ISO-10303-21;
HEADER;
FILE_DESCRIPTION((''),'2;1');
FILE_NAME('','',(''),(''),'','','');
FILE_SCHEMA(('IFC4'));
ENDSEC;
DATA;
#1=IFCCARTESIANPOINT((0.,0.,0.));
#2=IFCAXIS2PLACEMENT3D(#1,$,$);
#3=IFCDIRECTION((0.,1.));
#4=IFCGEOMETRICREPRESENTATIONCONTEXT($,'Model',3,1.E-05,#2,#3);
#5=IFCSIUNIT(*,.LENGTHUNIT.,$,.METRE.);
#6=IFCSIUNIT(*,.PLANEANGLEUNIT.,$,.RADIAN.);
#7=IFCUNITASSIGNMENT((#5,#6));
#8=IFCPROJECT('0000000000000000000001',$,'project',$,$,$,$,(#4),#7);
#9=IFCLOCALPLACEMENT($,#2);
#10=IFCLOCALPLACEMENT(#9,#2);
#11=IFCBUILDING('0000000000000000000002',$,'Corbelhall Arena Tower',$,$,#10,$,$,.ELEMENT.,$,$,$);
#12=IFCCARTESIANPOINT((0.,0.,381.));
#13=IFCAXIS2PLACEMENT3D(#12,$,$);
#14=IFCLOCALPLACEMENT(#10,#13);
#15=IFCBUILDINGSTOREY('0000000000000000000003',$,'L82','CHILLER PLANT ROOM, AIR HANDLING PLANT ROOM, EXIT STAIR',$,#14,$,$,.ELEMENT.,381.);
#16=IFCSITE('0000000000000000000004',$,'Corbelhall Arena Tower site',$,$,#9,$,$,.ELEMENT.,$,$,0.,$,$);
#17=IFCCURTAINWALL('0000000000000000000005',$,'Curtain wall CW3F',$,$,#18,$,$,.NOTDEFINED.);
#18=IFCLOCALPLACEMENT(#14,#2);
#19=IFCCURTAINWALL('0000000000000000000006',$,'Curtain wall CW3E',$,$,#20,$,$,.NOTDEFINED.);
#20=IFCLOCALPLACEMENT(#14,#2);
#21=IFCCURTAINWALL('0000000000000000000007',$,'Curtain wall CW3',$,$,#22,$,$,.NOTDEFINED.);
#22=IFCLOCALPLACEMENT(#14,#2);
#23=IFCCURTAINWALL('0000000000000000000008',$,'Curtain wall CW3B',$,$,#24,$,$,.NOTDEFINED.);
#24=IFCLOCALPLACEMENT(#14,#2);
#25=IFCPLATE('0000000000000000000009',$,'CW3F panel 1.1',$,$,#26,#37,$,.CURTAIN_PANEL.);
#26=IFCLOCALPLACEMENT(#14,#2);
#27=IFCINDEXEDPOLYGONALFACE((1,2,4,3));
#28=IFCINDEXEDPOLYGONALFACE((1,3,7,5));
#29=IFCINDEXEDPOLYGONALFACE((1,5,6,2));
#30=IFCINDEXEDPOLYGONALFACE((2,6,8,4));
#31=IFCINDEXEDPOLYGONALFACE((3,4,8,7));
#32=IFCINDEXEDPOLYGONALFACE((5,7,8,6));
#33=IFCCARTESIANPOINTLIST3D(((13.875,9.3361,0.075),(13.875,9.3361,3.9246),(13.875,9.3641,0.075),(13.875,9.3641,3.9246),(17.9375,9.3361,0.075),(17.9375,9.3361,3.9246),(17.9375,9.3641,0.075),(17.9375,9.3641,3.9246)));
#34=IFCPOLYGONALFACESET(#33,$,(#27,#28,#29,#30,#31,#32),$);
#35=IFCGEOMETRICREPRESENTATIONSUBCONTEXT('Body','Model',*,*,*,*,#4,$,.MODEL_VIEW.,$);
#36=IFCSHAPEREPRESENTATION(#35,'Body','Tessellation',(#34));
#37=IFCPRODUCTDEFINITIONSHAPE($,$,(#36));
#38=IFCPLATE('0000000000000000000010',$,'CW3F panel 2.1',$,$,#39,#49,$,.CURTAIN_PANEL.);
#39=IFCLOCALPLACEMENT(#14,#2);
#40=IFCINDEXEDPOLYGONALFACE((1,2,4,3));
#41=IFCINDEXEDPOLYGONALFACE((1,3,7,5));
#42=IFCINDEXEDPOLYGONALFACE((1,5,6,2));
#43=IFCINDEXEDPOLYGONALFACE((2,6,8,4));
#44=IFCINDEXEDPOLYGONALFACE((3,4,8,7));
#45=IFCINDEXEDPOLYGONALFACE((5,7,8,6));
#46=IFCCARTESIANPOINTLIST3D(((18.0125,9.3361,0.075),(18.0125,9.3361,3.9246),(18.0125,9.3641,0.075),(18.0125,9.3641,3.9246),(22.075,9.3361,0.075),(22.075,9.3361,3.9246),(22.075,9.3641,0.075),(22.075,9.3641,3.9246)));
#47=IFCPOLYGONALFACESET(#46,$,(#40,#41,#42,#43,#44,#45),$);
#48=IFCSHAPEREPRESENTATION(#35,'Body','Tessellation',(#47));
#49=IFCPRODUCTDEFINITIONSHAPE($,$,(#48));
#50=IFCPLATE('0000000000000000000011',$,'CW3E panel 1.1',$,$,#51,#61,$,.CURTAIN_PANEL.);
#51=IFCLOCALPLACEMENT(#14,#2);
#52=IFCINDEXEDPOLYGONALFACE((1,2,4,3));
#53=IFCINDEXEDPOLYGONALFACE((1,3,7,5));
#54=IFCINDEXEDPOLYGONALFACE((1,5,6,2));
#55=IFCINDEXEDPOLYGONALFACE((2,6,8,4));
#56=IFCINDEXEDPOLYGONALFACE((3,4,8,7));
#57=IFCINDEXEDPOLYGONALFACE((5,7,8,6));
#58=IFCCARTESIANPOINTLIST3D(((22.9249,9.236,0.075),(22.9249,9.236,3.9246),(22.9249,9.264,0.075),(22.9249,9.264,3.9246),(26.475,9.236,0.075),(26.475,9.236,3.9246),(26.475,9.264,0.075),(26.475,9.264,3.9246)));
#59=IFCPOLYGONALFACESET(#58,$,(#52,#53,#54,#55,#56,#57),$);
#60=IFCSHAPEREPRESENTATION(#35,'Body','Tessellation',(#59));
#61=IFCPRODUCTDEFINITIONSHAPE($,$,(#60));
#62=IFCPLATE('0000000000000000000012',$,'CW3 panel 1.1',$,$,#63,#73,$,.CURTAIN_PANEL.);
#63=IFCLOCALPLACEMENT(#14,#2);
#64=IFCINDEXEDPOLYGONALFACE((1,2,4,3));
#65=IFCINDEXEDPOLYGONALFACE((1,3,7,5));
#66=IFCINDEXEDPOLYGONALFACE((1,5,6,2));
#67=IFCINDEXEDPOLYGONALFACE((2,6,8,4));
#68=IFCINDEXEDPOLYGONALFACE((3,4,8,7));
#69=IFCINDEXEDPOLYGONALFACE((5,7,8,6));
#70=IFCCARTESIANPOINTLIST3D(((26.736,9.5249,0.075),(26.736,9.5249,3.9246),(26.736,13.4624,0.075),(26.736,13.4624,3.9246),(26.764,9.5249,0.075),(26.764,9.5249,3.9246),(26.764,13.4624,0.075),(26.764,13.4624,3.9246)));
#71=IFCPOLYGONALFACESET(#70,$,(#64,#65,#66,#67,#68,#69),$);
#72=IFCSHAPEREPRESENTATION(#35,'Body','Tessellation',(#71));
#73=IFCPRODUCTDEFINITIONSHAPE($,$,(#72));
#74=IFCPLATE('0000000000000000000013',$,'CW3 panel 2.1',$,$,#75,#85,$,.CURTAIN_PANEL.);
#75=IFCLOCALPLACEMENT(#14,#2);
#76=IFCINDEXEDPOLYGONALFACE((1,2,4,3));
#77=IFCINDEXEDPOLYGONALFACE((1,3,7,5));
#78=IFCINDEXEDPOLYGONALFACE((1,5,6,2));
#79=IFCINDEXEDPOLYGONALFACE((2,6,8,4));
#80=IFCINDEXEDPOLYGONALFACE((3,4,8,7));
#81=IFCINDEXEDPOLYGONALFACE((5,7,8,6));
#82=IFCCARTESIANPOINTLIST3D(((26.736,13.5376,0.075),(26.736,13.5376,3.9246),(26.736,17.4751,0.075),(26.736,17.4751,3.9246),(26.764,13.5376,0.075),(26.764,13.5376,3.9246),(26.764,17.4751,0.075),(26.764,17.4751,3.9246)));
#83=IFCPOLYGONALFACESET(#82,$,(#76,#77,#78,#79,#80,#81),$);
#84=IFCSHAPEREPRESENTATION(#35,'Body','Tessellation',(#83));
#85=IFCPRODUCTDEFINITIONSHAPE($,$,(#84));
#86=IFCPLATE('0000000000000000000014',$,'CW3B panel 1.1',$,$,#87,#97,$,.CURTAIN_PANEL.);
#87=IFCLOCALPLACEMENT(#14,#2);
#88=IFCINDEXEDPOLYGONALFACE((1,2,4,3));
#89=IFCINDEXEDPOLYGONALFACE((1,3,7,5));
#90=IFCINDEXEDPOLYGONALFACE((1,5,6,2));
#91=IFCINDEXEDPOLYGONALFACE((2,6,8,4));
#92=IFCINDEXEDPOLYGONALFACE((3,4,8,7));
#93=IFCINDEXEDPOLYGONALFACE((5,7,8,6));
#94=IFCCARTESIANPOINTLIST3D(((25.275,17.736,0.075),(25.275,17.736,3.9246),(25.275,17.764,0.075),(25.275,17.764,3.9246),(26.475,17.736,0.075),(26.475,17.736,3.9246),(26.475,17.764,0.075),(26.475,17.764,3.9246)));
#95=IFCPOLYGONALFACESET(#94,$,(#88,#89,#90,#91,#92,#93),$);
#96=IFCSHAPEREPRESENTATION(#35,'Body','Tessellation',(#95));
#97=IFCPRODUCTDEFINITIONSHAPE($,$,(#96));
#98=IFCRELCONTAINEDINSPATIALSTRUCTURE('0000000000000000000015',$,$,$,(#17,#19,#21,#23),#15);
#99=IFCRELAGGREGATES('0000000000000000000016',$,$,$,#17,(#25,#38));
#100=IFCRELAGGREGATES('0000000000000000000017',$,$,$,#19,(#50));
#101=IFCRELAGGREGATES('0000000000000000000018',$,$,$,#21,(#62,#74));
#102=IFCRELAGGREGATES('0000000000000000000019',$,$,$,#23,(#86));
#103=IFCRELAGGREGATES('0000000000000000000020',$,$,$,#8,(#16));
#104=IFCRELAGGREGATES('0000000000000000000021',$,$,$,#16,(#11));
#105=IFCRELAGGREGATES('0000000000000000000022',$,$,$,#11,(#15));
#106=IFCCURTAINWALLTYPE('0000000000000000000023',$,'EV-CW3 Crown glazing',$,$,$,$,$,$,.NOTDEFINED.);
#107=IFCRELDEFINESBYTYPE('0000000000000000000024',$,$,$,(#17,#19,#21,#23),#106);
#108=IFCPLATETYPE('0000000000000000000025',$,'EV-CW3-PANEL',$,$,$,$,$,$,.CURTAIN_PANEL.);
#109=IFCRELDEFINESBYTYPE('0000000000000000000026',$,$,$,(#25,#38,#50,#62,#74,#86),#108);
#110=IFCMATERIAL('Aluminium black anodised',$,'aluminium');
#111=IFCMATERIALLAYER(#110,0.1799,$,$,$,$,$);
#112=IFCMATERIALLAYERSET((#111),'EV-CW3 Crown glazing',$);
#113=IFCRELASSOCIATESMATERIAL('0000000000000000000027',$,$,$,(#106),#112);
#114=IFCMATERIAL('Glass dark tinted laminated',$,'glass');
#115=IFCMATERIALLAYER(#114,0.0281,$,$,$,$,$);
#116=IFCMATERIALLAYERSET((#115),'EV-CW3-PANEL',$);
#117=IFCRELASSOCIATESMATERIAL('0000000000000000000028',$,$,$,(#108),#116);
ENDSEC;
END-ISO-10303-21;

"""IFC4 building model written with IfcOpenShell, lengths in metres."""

from ifc_helpers import new_model, si_unit, direction, frame, origin, origin_2d, place, context, subcontext, project, spatial, rectangle, extrude, material, layer, layer_set, type_object, element, aggregate, save


model = new_model("IFC4")

# Units and contexts
model_context = context("Model", 3, precision=1e-05, world=origin(), true_north=direction((0.0, 1.0)))
body_context = subcontext(model_context, "Body", "Model", "MODEL_VIEW")
ifc_project = project(units=[si_unit("LENGTHUNIT", "METRE"), si_unit("PLANEANGLEUNIT", "RADIAN")], contexts=[model_context])

# Site, building, storey
site_placement = place(None, origin())
site = spatial("IfcSite", under=ifc_project, at=site_placement, Name="Corbelhall Arena Tower site", CompositionType="ELEMENT", RefElevation=0.0)
building_placement = place(site_placement, origin())
building = spatial("IfcBuilding", under=site, at=building_placement, Name="Corbelhall Arena Tower", CompositionType="ELEMENT")
storey_placement = place(building_placement, frame((0.0, 0.0, 381.0)))
storey = spatial("IfcBuildingStorey", under=building, at=storey_placement, Name="L82", Description="CHILLER PLANT ROOM, AIR HANDLING PLANT ROOM, EXIT STAIR", CompositionType="ELEMENT", Elevation=381.0)

# Curtain walls
ifc_material_1 = material(Name="Aluminium black anodised", Category="aluminium")
ifc_layer_1 = layer(ifc_material_1, 0.1799)
ifc_layer_set_1 = layer_set([ifc_layer_1], Name="EV-CW3 Crown glazing")
curtain_wall_type = type_object("IfcCurtainWallType", Name="EV-CW3 Crown glazing", PredefinedType="NOTDEFINED", material=ifc_layer_set_1)
curtain_wall_1_placement = place(storey_placement, origin())
curtain_wall_1 = element("IfcCurtainWall", 1, at=curtain_wall_1_placement, inside=storey, type_object=curtain_wall_type, Name="Curtain wall CW3F", PredefinedType="NOTDEFINED")
curtain_wall_2_placement = place(storey_placement, origin())
curtain_wall_2 = element("IfcCurtainWall", 2, at=curtain_wall_2_placement, inside=storey, type_object=curtain_wall_type, Name="Curtain wall CW3E", PredefinedType="NOTDEFINED")
curtain_wall_3_placement = place(storey_placement, origin())
curtain_wall_3 = element("IfcCurtainWall", 3, at=curtain_wall_3_placement, inside=storey, type_object=curtain_wall_type, Name="Curtain wall CW3", PredefinedType="NOTDEFINED")
curtain_wall_4_placement = place(storey_placement, origin())
curtain_wall_4 = element("IfcCurtainWall", 4, at=curtain_wall_4_placement, inside=storey, type_object=curtain_wall_type, Name="Curtain wall CW3B", PredefinedType="NOTDEFINED")

# Plates
ifc_material_2 = material(Name="Glass dark tinted laminated", Category="glass")
ifc_layer_2 = layer(ifc_material_2, 0.0281)
ifc_layer_set_2 = layer_set([ifc_layer_2], Name="EV-CW3-PANEL")
plate_type = type_object("IfcPlateType", Name="EV-CW3-PANEL", PredefinedType="CURTAIN_PANEL", material=ifc_layer_set_2)
plate_1_placement = place(storey_placement, frame((15.9062, 9.3501, 0.075), z_axis=(0.0, 0.0, 1.0), x_axis=(1.0, 0.0, 0.0)))
plate_1 = element("IfcPlate", 5, at=plate_1_placement, type_object=plate_type, Name="CW3F panel 1.1", PredefinedType="CURTAIN_PANEL", context=body_context, shape_type="SweptSolid", body=[
    extrude(rectangle(XDim=4.0625, YDim=0.0281, at=origin_2d()), origin(), (0.0, 0.0, 1.0), 3.8496),
])
plate_2_placement = place(storey_placement, frame((20.0437, 9.3501, 0.075), z_axis=(0.0, 0.0, 1.0), x_axis=(1.0, 0.0, 0.0)))
plate_2 = element("IfcPlate", 6, at=plate_2_placement, type_object=plate_type, Name="CW3F panel 2.1", PredefinedType="CURTAIN_PANEL", context=body_context, shape_type="SweptSolid", body=[
    extrude(rectangle(XDim=4.0625, YDim=0.0281, at=origin_2d()), origin(), (0.0, 0.0, 1.0), 3.8496),
])
aggregate(curtain_wall_1, [plate_1, plate_2])
plate_3_placement = place(storey_placement, frame((24.7, 9.25, 0.075), z_axis=(0.0, 0.0, 1.0), x_axis=(1.0, 0.0, 0.0)))
plate_3 = element("IfcPlate", 7, at=plate_3_placement, type_object=plate_type, Name="CW3E panel 1.1", PredefinedType="CURTAIN_PANEL", context=body_context, shape_type="SweptSolid", body=[
    extrude(rectangle(XDim=3.55, YDim=0.0281, at=origin_2d()), origin(), (0.0, 0.0, 1.0), 3.8496),
])
aggregate(curtain_wall_2, [plate_3])
plate_4_placement = place(storey_placement, frame((26.75, 11.4937, 0.075), z_axis=(0.0, 0.0, 1.0), x_axis=(0.0, 1.0, 0.0)))
plate_4 = element("IfcPlate", 8, at=plate_4_placement, type_object=plate_type, Name="CW3 panel 1.1", PredefinedType="CURTAIN_PANEL", context=body_context, shape_type="SweptSolid", body=[
    extrude(rectangle(XDim=3.9375, YDim=0.0281, at=origin_2d()), origin(), (0.0, 0.0, 1.0), 3.8496),
])
plate_5_placement = place(storey_placement, frame((26.75, 15.5063, 0.075), z_axis=(0.0, 0.0, 1.0), x_axis=(0.0, 1.0, 0.0)))
plate_5 = element("IfcPlate", 9, at=plate_5_placement, type_object=plate_type, Name="CW3 panel 2.1", PredefinedType="CURTAIN_PANEL", context=body_context, shape_type="SweptSolid", body=[
    extrude(rectangle(XDim=3.9375, YDim=0.0281, at=origin_2d()), origin(), (0.0, 0.0, 1.0), 3.8496),
])
aggregate(curtain_wall_3, [plate_4, plate_5])
plate_6_placement = place(storey_placement, frame((25.875, 17.75, 0.075), z_axis=(0.0, 0.0, 1.0), x_axis=(-1.0, 0.0, 0.0)))
plate_6 = element("IfcPlate", 10, at=plate_6_placement, type_object=plate_type, Name="CW3B panel 1.1", PredefinedType="CURTAIN_PANEL", context=body_context, shape_type="SweptSolid", body=[
    extrude(rectangle(XDim=1.2, YDim=0.0281, at=origin_2d()), origin(), (0.0, 0.0, 1.0), 3.8496),
])
aggregate(curtain_wall_4, [plate_6])

save(model, "model.ifc")
